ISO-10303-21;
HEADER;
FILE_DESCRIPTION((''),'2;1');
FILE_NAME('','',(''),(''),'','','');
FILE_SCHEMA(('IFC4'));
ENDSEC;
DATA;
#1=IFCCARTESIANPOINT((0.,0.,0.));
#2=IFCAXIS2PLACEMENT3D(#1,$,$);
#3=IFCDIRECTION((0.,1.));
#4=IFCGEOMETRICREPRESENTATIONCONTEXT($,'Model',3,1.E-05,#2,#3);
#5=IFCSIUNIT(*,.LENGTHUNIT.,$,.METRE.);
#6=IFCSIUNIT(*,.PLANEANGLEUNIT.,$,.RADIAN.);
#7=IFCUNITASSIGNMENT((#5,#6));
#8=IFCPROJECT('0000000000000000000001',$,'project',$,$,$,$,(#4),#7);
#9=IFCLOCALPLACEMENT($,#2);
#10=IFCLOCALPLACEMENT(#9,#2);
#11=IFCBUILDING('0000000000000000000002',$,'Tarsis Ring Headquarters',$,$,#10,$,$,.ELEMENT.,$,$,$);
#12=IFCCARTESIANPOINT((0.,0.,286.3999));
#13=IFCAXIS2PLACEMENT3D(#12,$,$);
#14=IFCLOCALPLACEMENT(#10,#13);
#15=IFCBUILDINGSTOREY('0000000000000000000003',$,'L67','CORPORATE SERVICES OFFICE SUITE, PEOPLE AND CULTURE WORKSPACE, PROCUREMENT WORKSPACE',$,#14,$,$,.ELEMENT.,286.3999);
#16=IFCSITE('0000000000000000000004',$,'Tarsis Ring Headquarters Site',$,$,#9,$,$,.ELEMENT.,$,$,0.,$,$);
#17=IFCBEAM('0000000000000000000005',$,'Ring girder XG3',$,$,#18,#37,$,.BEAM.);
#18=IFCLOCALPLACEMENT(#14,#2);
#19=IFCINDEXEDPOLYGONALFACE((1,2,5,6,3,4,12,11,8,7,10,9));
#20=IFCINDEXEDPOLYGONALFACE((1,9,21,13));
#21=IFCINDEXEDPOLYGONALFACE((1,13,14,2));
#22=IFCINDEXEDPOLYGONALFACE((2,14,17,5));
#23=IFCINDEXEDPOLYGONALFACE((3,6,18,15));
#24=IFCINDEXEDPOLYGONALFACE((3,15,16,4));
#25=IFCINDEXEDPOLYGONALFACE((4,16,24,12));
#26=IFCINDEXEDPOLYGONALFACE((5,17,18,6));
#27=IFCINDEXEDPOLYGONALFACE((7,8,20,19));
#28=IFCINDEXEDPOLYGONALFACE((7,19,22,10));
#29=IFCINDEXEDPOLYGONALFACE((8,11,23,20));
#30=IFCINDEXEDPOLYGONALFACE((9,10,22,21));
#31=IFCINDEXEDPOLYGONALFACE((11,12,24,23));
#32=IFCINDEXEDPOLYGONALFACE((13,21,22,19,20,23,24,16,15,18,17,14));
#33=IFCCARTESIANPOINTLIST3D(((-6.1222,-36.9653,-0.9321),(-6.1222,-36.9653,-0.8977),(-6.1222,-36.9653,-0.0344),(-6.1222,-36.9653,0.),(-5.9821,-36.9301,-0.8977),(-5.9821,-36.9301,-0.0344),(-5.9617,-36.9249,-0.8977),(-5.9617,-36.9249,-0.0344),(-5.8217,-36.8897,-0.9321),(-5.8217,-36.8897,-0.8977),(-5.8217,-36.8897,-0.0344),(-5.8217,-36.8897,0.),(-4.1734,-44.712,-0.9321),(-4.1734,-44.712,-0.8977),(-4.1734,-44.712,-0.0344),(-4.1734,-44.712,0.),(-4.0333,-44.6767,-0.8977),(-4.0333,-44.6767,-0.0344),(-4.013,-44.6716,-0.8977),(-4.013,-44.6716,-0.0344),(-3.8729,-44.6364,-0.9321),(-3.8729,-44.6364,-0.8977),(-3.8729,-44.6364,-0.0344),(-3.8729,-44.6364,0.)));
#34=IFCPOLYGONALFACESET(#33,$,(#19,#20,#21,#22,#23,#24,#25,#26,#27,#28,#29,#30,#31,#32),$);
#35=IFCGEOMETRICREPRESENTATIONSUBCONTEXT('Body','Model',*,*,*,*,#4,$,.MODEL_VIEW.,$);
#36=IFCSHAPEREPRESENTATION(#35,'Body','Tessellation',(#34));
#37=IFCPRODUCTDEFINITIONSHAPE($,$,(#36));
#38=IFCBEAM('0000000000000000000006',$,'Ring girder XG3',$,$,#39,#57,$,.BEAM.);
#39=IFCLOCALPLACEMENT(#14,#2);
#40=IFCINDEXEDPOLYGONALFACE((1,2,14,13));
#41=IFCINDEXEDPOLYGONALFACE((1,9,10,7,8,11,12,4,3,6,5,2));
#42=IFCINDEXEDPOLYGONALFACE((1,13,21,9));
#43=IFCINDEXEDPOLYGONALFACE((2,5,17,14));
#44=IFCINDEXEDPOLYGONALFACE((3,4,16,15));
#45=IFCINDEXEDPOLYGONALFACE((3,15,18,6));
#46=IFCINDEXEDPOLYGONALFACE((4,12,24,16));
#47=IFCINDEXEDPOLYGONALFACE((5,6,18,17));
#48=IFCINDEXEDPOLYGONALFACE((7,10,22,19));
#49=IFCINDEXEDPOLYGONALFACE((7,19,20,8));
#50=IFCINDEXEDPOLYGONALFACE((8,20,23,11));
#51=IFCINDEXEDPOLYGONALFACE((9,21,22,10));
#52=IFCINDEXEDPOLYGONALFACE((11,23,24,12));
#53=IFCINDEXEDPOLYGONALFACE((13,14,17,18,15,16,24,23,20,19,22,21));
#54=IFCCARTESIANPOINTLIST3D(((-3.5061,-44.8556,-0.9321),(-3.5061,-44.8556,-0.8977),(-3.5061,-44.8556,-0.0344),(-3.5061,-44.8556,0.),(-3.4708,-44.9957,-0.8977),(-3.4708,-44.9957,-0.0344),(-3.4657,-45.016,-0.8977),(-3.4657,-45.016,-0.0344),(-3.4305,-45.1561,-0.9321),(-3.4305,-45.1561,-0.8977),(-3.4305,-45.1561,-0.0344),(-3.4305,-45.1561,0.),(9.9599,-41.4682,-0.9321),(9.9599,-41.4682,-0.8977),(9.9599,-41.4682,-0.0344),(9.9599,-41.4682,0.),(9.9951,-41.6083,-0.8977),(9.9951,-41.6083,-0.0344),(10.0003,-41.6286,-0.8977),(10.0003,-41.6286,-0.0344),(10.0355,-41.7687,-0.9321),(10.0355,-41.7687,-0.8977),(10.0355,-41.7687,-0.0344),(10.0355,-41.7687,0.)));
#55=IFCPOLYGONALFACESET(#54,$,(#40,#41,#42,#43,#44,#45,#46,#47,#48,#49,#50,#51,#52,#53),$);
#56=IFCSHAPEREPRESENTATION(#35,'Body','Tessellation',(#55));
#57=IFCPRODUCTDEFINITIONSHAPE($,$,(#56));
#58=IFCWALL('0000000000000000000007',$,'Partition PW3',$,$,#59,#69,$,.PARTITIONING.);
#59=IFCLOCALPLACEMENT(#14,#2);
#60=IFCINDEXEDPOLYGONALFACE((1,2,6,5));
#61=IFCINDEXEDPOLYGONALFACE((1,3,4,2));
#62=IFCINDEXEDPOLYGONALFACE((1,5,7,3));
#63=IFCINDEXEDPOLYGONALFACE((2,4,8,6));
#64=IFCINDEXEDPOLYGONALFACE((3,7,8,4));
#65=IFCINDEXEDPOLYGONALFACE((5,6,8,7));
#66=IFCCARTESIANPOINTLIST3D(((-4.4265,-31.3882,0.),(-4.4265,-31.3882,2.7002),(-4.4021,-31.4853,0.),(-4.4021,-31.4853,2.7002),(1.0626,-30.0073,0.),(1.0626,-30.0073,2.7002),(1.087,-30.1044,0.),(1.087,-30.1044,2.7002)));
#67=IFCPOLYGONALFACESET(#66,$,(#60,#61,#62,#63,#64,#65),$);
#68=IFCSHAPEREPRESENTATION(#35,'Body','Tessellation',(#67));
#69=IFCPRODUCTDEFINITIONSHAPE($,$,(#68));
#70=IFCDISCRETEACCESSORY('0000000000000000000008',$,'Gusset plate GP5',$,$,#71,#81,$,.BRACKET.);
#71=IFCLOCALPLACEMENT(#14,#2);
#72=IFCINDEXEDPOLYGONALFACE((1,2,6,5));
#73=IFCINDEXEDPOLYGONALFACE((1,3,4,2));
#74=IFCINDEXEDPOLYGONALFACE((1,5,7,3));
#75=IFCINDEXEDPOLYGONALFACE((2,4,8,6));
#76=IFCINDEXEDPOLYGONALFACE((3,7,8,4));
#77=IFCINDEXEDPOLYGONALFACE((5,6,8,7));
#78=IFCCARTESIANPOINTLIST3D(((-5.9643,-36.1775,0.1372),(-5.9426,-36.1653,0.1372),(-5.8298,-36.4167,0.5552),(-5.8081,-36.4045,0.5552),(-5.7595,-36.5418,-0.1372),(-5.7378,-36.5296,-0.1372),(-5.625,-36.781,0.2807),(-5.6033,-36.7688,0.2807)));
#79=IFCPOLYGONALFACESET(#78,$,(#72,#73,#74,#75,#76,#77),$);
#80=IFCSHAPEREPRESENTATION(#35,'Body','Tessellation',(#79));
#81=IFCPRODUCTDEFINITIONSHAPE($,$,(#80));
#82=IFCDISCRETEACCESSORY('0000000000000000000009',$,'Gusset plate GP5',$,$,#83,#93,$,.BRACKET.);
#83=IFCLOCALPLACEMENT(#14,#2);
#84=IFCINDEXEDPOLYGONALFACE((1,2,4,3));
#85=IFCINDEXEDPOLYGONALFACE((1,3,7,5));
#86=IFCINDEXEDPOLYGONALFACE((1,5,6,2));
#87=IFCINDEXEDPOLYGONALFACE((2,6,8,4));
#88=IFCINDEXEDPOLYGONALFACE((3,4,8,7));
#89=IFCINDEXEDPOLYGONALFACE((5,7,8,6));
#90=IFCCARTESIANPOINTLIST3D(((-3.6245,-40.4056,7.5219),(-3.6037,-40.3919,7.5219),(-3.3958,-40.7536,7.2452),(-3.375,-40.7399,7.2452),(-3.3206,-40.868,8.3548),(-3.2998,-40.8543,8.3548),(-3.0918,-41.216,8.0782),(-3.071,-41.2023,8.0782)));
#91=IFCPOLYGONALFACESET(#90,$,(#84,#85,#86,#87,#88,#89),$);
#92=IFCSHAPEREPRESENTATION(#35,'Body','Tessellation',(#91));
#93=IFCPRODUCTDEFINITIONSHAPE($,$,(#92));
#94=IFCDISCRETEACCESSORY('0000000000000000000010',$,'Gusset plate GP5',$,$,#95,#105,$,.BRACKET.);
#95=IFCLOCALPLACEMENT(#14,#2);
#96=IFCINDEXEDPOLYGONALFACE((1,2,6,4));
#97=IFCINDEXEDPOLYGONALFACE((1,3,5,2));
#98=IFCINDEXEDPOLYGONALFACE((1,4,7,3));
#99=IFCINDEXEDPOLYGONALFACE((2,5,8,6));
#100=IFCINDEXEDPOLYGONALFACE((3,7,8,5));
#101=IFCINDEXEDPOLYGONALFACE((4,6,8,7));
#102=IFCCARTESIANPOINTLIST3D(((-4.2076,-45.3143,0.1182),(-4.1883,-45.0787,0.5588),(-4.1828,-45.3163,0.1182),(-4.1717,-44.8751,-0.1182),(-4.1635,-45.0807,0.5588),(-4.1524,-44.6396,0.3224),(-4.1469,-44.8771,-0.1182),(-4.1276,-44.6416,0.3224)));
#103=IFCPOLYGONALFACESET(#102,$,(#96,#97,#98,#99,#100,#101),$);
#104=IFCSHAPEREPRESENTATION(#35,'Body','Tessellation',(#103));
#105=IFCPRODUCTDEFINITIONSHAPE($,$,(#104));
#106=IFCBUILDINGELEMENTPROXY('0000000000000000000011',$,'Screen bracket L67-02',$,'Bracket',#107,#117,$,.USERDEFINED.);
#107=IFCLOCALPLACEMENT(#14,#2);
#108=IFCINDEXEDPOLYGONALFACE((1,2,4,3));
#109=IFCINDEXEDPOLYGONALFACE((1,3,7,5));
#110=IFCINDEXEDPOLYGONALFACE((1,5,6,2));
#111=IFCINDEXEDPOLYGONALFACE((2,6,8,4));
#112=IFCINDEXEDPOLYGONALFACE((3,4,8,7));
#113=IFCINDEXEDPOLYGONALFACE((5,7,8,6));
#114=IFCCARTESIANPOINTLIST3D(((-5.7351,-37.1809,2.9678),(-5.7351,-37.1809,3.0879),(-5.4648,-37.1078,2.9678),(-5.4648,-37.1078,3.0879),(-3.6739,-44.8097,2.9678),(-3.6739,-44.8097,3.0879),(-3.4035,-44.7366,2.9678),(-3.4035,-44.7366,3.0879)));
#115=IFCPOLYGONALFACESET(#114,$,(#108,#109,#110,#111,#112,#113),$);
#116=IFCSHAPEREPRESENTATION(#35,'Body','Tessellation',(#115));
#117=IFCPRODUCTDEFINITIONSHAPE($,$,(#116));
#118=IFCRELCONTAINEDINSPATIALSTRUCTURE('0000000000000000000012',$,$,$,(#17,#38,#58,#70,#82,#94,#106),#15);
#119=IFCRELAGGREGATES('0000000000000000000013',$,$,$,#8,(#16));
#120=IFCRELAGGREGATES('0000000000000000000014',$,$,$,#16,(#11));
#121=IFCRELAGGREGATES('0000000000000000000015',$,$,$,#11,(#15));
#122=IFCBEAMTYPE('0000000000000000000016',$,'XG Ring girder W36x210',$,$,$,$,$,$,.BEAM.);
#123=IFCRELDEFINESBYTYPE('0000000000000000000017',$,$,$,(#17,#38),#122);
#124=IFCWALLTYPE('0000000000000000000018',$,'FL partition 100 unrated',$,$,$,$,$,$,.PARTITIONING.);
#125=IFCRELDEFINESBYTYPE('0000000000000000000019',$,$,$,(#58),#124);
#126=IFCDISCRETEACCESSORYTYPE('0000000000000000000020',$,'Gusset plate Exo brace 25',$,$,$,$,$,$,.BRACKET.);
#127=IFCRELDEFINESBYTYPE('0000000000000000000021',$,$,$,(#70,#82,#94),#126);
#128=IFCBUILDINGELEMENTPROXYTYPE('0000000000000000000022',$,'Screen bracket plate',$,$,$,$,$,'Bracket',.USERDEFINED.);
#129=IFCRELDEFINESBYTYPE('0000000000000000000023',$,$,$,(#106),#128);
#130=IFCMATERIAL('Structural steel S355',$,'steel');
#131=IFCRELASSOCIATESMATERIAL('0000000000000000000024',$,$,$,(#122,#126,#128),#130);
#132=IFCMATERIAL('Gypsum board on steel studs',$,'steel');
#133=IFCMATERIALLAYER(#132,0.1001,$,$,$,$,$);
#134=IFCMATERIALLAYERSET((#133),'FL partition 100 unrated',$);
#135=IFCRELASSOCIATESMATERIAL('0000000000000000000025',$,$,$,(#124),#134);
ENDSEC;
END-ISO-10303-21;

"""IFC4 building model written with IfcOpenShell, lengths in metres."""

from ifc_helpers import new_model, si_unit, direction, frame, frame_2d, origin, origin_2d, place, context, subcontext, project, spatial, rectangle, i_section, extrude, material, layer, layer_set, material_profile, profile_set, type_object, element, save


model = new_model("IFC4")

# Units and contexts
model_context = context("Model", 3, precision=1e-05, world=origin(), true_north=direction((0.0, 1.0)))
body_context = subcontext(model_context, "Body", "Model", "MODEL_VIEW")
ifc_project = project(units=[si_unit("LENGTHUNIT", "METRE"), si_unit("PLANEANGLEUNIT", "RADIAN")], contexts=[model_context])

# Site, building, storey
site_placement = place(None, origin())
site = spatial("IfcSite", under=ifc_project, at=site_placement, Name="Tarsis Ring Headquarters Site", CompositionType="ELEMENT", RefElevation=0.0)
building_placement = place(site_placement, origin())
building = spatial("IfcBuilding", under=site, at=building_placement, Name="Tarsis Ring Headquarters", CompositionType="ELEMENT")
storey_placement = place(building_placement, frame((0.0, 0.0, 286.3999)))
storey = spatial("IfcBuildingStorey", under=building, at=storey_placement, Name="L67", Description="CORPORATE SERVICES OFFICE SUITE, PEOPLE AND CULTURE WORKSPACE, PROCUREMENT WORKSPACE", CompositionType="ELEMENT", Elevation=286.3999)

# Shared definitions
ifc_material_1 = material(Name="Structural steel S355", Category="steel")

# Beams
ifc_material_profile_1 = material_profile(ifc_material_1, i_section(OverallWidth=0.3098, OverallDepth=0.9321, WebThickness=0.021, FlangeThickness=0.0344, at=origin_2d()), Name="W36x210")
ifc_profile_set_1 = profile_set([ifc_material_profile_1], Name="Structural steel S355")
beam_type_1 = type_object("IfcBeamType", Name="XG Ring girder W36x210", PredefinedType="BEAM", material=ifc_profile_set_1)
beam_1_placement = place(storey_placement, frame((-5.9719, -36.9275, -0.4661), z_axis=(0.243959, -0.969785, 0.0), x_axis=(0.969785, 0.243959, 0.0)))
element("IfcBeam", 1, at=beam_1_placement, inside=storey, type_object=beam_type_1, Name="Ring girder XG3", PredefinedType="BEAM", context=body_context, shape_type="SweptSolid", body=[
    extrude(i_section(OverallWidth=0.3098, OverallDepth=0.9321, WebThickness=0.021, FlangeThickness=0.0344, at=origin_2d()), origin(), (0.0, 0.0, 1.0), 7.988),
])
beam_2_placement = place(storey_placement, frame((-3.4683, -45.0059, -0.4661), z_axis=(0.969787, 0.243954, 0.0), x_axis=(-0.243954, 0.969787, 0.0)))
element("IfcBeam", 2, at=beam_2_placement, inside=storey, type_object=beam_type_1, Name="Ring girder XG3", PredefinedType="BEAM", context=body_context, shape_type="SweptSolid", body=[
    extrude(i_section(OverallWidth=0.3098, OverallDepth=0.9321, WebThickness=0.021, FlangeThickness=0.0344, at=origin_2d()), origin(), (0.0, 0.0, 1.0), 13.8855),
])

# Wall
ifc_material_2 = material(Name="Gypsum board on steel studs", Category="steel")
ifc_layer = layer(ifc_material_2, 0.1001)
ifc_layer_set = layer_set([ifc_layer], Name="FL partition 100 unrated")
wall_type = type_object("IfcWallType", Name="FL partition 100 unrated", PredefinedType="PARTITIONING", material=ifc_layer_set)
wall_placement = place(storey_placement, frame((-4.4143, -31.4368, 0.0), z_axis=(0.0, 0.0, 1.0), x_axis=(0.969784, 0.243966, 0.0)))
element("IfcWall", 3, at=wall_placement, inside=storey, type_object=wall_type, Name="Partition PW3", PredefinedType="PARTITIONING", context=body_context, shape_type="SweptSolid", body=[
    extrude(rectangle(XDim=5.6602, YDim=0.1001, at=frame_2d((2.8301, 0.0))), origin(), (0.0, 0.0, 1.0), 2.7002),
])

# Discrete accessories
ifc_material_profile_2 = material_profile(ifc_material_1, rectangle(XDim=0.0249, YDim=0.5, at=origin_2d()), Name="PL 25x500")
ifc_profile_set_2 = profile_set([ifc_material_profile_2], Name="Structural steel S355")
discrete_accessory_type = type_object("IfcDiscreteAccessoryType", Name="Gusset plate Exo brace 25", PredefinedType="BRACKET", material=ifc_profile_set_2)
discrete_accessory_1_placement = place(storey_placement, frame((-5.8511, -36.3535, 0.0), z_axis=(0.269022, -0.478479, 0.835874), x_axis=(0.871671, 0.490092, 0.0)))
element("IfcDiscreteAccessory", 4, at=discrete_accessory_1_placement, inside=storey, type_object=discrete_accessory_type, Name="Gusset plate GP5", PredefinedType="BRACKET", context=body_context, shape_type="SweptSolid", body=[
    extrude(rectangle(XDim=0.0249, YDim=0.5, at=origin_2d()), origin(), (0.0, 0.0, 1.0), 0.5),
])
discrete_accessory_2_placement = place(storey_placement, frame((-3.4998, -40.5728, 7.3835), z_axis=(0.303939, -0.462378, 0.832963), x_axis=(0.83563, 0.549292, 0.0)))
element("IfcDiscreteAccessory", 5, at=discrete_accessory_2_placement, inside=storey, type_object=discrete_accessory_type, Name="Gusset plate GP5", PredefinedType="BRACKET", context=body_context, shape_type="SweptSolid", body=[
    extrude(rectangle(XDim=0.0249, YDim=0.5, at=origin_2d()), origin(), (0.0, 0.0, 1.0), 1.0),
])
discrete_accessory_3_placement = place(storey_placement, frame((-4.1772, -45.0957, 0.0), z_axis=(0.038569, 0.471125, 0.881223), x_axis=(-0.996666, 0.081592, 0.0)))
element("IfcDiscreteAccessory", 6, at=discrete_accessory_3_placement, inside=storey, type_object=discrete_accessory_type, Name="Gusset plate GP5", PredefinedType="BRACKET", context=body_context, shape_type="SweptSolid", body=[
    extrude(rectangle(XDim=0.0249, YDim=0.5, at=origin_2d()), origin(), (0.0, 0.0, 1.0), 0.5),
])

# Building element proxy
building_element_proxy_type = type_object("IfcBuildingElementProxyType", Name="Screen bracket plate", ElementType="Bracket", PredefinedType="USERDEFINED", material=ifc_material_1)
proxy_placement = place(storey_placement, frame((-4.5693, -40.9587, 2.9678), z_axis=(0.0, 0.0, 1.0), x_axis=(0.260841, -0.965382, 0.0)))
element("IfcBuildingElementProxy", 7, at=proxy_placement, inside=storey, type_object=building_element_proxy_type, Name="Screen bracket L67-02", ObjectType="Bracket", PredefinedType="USERDEFINED", context=body_context, shape_type="SweptSolid", body=[
    extrude(rectangle(XDim=7.9023, YDim=0.28, at=origin_2d()), origin(), (0.0, 0.0, 1.0), 0.1201),
])

save(model, "model.ifc")
